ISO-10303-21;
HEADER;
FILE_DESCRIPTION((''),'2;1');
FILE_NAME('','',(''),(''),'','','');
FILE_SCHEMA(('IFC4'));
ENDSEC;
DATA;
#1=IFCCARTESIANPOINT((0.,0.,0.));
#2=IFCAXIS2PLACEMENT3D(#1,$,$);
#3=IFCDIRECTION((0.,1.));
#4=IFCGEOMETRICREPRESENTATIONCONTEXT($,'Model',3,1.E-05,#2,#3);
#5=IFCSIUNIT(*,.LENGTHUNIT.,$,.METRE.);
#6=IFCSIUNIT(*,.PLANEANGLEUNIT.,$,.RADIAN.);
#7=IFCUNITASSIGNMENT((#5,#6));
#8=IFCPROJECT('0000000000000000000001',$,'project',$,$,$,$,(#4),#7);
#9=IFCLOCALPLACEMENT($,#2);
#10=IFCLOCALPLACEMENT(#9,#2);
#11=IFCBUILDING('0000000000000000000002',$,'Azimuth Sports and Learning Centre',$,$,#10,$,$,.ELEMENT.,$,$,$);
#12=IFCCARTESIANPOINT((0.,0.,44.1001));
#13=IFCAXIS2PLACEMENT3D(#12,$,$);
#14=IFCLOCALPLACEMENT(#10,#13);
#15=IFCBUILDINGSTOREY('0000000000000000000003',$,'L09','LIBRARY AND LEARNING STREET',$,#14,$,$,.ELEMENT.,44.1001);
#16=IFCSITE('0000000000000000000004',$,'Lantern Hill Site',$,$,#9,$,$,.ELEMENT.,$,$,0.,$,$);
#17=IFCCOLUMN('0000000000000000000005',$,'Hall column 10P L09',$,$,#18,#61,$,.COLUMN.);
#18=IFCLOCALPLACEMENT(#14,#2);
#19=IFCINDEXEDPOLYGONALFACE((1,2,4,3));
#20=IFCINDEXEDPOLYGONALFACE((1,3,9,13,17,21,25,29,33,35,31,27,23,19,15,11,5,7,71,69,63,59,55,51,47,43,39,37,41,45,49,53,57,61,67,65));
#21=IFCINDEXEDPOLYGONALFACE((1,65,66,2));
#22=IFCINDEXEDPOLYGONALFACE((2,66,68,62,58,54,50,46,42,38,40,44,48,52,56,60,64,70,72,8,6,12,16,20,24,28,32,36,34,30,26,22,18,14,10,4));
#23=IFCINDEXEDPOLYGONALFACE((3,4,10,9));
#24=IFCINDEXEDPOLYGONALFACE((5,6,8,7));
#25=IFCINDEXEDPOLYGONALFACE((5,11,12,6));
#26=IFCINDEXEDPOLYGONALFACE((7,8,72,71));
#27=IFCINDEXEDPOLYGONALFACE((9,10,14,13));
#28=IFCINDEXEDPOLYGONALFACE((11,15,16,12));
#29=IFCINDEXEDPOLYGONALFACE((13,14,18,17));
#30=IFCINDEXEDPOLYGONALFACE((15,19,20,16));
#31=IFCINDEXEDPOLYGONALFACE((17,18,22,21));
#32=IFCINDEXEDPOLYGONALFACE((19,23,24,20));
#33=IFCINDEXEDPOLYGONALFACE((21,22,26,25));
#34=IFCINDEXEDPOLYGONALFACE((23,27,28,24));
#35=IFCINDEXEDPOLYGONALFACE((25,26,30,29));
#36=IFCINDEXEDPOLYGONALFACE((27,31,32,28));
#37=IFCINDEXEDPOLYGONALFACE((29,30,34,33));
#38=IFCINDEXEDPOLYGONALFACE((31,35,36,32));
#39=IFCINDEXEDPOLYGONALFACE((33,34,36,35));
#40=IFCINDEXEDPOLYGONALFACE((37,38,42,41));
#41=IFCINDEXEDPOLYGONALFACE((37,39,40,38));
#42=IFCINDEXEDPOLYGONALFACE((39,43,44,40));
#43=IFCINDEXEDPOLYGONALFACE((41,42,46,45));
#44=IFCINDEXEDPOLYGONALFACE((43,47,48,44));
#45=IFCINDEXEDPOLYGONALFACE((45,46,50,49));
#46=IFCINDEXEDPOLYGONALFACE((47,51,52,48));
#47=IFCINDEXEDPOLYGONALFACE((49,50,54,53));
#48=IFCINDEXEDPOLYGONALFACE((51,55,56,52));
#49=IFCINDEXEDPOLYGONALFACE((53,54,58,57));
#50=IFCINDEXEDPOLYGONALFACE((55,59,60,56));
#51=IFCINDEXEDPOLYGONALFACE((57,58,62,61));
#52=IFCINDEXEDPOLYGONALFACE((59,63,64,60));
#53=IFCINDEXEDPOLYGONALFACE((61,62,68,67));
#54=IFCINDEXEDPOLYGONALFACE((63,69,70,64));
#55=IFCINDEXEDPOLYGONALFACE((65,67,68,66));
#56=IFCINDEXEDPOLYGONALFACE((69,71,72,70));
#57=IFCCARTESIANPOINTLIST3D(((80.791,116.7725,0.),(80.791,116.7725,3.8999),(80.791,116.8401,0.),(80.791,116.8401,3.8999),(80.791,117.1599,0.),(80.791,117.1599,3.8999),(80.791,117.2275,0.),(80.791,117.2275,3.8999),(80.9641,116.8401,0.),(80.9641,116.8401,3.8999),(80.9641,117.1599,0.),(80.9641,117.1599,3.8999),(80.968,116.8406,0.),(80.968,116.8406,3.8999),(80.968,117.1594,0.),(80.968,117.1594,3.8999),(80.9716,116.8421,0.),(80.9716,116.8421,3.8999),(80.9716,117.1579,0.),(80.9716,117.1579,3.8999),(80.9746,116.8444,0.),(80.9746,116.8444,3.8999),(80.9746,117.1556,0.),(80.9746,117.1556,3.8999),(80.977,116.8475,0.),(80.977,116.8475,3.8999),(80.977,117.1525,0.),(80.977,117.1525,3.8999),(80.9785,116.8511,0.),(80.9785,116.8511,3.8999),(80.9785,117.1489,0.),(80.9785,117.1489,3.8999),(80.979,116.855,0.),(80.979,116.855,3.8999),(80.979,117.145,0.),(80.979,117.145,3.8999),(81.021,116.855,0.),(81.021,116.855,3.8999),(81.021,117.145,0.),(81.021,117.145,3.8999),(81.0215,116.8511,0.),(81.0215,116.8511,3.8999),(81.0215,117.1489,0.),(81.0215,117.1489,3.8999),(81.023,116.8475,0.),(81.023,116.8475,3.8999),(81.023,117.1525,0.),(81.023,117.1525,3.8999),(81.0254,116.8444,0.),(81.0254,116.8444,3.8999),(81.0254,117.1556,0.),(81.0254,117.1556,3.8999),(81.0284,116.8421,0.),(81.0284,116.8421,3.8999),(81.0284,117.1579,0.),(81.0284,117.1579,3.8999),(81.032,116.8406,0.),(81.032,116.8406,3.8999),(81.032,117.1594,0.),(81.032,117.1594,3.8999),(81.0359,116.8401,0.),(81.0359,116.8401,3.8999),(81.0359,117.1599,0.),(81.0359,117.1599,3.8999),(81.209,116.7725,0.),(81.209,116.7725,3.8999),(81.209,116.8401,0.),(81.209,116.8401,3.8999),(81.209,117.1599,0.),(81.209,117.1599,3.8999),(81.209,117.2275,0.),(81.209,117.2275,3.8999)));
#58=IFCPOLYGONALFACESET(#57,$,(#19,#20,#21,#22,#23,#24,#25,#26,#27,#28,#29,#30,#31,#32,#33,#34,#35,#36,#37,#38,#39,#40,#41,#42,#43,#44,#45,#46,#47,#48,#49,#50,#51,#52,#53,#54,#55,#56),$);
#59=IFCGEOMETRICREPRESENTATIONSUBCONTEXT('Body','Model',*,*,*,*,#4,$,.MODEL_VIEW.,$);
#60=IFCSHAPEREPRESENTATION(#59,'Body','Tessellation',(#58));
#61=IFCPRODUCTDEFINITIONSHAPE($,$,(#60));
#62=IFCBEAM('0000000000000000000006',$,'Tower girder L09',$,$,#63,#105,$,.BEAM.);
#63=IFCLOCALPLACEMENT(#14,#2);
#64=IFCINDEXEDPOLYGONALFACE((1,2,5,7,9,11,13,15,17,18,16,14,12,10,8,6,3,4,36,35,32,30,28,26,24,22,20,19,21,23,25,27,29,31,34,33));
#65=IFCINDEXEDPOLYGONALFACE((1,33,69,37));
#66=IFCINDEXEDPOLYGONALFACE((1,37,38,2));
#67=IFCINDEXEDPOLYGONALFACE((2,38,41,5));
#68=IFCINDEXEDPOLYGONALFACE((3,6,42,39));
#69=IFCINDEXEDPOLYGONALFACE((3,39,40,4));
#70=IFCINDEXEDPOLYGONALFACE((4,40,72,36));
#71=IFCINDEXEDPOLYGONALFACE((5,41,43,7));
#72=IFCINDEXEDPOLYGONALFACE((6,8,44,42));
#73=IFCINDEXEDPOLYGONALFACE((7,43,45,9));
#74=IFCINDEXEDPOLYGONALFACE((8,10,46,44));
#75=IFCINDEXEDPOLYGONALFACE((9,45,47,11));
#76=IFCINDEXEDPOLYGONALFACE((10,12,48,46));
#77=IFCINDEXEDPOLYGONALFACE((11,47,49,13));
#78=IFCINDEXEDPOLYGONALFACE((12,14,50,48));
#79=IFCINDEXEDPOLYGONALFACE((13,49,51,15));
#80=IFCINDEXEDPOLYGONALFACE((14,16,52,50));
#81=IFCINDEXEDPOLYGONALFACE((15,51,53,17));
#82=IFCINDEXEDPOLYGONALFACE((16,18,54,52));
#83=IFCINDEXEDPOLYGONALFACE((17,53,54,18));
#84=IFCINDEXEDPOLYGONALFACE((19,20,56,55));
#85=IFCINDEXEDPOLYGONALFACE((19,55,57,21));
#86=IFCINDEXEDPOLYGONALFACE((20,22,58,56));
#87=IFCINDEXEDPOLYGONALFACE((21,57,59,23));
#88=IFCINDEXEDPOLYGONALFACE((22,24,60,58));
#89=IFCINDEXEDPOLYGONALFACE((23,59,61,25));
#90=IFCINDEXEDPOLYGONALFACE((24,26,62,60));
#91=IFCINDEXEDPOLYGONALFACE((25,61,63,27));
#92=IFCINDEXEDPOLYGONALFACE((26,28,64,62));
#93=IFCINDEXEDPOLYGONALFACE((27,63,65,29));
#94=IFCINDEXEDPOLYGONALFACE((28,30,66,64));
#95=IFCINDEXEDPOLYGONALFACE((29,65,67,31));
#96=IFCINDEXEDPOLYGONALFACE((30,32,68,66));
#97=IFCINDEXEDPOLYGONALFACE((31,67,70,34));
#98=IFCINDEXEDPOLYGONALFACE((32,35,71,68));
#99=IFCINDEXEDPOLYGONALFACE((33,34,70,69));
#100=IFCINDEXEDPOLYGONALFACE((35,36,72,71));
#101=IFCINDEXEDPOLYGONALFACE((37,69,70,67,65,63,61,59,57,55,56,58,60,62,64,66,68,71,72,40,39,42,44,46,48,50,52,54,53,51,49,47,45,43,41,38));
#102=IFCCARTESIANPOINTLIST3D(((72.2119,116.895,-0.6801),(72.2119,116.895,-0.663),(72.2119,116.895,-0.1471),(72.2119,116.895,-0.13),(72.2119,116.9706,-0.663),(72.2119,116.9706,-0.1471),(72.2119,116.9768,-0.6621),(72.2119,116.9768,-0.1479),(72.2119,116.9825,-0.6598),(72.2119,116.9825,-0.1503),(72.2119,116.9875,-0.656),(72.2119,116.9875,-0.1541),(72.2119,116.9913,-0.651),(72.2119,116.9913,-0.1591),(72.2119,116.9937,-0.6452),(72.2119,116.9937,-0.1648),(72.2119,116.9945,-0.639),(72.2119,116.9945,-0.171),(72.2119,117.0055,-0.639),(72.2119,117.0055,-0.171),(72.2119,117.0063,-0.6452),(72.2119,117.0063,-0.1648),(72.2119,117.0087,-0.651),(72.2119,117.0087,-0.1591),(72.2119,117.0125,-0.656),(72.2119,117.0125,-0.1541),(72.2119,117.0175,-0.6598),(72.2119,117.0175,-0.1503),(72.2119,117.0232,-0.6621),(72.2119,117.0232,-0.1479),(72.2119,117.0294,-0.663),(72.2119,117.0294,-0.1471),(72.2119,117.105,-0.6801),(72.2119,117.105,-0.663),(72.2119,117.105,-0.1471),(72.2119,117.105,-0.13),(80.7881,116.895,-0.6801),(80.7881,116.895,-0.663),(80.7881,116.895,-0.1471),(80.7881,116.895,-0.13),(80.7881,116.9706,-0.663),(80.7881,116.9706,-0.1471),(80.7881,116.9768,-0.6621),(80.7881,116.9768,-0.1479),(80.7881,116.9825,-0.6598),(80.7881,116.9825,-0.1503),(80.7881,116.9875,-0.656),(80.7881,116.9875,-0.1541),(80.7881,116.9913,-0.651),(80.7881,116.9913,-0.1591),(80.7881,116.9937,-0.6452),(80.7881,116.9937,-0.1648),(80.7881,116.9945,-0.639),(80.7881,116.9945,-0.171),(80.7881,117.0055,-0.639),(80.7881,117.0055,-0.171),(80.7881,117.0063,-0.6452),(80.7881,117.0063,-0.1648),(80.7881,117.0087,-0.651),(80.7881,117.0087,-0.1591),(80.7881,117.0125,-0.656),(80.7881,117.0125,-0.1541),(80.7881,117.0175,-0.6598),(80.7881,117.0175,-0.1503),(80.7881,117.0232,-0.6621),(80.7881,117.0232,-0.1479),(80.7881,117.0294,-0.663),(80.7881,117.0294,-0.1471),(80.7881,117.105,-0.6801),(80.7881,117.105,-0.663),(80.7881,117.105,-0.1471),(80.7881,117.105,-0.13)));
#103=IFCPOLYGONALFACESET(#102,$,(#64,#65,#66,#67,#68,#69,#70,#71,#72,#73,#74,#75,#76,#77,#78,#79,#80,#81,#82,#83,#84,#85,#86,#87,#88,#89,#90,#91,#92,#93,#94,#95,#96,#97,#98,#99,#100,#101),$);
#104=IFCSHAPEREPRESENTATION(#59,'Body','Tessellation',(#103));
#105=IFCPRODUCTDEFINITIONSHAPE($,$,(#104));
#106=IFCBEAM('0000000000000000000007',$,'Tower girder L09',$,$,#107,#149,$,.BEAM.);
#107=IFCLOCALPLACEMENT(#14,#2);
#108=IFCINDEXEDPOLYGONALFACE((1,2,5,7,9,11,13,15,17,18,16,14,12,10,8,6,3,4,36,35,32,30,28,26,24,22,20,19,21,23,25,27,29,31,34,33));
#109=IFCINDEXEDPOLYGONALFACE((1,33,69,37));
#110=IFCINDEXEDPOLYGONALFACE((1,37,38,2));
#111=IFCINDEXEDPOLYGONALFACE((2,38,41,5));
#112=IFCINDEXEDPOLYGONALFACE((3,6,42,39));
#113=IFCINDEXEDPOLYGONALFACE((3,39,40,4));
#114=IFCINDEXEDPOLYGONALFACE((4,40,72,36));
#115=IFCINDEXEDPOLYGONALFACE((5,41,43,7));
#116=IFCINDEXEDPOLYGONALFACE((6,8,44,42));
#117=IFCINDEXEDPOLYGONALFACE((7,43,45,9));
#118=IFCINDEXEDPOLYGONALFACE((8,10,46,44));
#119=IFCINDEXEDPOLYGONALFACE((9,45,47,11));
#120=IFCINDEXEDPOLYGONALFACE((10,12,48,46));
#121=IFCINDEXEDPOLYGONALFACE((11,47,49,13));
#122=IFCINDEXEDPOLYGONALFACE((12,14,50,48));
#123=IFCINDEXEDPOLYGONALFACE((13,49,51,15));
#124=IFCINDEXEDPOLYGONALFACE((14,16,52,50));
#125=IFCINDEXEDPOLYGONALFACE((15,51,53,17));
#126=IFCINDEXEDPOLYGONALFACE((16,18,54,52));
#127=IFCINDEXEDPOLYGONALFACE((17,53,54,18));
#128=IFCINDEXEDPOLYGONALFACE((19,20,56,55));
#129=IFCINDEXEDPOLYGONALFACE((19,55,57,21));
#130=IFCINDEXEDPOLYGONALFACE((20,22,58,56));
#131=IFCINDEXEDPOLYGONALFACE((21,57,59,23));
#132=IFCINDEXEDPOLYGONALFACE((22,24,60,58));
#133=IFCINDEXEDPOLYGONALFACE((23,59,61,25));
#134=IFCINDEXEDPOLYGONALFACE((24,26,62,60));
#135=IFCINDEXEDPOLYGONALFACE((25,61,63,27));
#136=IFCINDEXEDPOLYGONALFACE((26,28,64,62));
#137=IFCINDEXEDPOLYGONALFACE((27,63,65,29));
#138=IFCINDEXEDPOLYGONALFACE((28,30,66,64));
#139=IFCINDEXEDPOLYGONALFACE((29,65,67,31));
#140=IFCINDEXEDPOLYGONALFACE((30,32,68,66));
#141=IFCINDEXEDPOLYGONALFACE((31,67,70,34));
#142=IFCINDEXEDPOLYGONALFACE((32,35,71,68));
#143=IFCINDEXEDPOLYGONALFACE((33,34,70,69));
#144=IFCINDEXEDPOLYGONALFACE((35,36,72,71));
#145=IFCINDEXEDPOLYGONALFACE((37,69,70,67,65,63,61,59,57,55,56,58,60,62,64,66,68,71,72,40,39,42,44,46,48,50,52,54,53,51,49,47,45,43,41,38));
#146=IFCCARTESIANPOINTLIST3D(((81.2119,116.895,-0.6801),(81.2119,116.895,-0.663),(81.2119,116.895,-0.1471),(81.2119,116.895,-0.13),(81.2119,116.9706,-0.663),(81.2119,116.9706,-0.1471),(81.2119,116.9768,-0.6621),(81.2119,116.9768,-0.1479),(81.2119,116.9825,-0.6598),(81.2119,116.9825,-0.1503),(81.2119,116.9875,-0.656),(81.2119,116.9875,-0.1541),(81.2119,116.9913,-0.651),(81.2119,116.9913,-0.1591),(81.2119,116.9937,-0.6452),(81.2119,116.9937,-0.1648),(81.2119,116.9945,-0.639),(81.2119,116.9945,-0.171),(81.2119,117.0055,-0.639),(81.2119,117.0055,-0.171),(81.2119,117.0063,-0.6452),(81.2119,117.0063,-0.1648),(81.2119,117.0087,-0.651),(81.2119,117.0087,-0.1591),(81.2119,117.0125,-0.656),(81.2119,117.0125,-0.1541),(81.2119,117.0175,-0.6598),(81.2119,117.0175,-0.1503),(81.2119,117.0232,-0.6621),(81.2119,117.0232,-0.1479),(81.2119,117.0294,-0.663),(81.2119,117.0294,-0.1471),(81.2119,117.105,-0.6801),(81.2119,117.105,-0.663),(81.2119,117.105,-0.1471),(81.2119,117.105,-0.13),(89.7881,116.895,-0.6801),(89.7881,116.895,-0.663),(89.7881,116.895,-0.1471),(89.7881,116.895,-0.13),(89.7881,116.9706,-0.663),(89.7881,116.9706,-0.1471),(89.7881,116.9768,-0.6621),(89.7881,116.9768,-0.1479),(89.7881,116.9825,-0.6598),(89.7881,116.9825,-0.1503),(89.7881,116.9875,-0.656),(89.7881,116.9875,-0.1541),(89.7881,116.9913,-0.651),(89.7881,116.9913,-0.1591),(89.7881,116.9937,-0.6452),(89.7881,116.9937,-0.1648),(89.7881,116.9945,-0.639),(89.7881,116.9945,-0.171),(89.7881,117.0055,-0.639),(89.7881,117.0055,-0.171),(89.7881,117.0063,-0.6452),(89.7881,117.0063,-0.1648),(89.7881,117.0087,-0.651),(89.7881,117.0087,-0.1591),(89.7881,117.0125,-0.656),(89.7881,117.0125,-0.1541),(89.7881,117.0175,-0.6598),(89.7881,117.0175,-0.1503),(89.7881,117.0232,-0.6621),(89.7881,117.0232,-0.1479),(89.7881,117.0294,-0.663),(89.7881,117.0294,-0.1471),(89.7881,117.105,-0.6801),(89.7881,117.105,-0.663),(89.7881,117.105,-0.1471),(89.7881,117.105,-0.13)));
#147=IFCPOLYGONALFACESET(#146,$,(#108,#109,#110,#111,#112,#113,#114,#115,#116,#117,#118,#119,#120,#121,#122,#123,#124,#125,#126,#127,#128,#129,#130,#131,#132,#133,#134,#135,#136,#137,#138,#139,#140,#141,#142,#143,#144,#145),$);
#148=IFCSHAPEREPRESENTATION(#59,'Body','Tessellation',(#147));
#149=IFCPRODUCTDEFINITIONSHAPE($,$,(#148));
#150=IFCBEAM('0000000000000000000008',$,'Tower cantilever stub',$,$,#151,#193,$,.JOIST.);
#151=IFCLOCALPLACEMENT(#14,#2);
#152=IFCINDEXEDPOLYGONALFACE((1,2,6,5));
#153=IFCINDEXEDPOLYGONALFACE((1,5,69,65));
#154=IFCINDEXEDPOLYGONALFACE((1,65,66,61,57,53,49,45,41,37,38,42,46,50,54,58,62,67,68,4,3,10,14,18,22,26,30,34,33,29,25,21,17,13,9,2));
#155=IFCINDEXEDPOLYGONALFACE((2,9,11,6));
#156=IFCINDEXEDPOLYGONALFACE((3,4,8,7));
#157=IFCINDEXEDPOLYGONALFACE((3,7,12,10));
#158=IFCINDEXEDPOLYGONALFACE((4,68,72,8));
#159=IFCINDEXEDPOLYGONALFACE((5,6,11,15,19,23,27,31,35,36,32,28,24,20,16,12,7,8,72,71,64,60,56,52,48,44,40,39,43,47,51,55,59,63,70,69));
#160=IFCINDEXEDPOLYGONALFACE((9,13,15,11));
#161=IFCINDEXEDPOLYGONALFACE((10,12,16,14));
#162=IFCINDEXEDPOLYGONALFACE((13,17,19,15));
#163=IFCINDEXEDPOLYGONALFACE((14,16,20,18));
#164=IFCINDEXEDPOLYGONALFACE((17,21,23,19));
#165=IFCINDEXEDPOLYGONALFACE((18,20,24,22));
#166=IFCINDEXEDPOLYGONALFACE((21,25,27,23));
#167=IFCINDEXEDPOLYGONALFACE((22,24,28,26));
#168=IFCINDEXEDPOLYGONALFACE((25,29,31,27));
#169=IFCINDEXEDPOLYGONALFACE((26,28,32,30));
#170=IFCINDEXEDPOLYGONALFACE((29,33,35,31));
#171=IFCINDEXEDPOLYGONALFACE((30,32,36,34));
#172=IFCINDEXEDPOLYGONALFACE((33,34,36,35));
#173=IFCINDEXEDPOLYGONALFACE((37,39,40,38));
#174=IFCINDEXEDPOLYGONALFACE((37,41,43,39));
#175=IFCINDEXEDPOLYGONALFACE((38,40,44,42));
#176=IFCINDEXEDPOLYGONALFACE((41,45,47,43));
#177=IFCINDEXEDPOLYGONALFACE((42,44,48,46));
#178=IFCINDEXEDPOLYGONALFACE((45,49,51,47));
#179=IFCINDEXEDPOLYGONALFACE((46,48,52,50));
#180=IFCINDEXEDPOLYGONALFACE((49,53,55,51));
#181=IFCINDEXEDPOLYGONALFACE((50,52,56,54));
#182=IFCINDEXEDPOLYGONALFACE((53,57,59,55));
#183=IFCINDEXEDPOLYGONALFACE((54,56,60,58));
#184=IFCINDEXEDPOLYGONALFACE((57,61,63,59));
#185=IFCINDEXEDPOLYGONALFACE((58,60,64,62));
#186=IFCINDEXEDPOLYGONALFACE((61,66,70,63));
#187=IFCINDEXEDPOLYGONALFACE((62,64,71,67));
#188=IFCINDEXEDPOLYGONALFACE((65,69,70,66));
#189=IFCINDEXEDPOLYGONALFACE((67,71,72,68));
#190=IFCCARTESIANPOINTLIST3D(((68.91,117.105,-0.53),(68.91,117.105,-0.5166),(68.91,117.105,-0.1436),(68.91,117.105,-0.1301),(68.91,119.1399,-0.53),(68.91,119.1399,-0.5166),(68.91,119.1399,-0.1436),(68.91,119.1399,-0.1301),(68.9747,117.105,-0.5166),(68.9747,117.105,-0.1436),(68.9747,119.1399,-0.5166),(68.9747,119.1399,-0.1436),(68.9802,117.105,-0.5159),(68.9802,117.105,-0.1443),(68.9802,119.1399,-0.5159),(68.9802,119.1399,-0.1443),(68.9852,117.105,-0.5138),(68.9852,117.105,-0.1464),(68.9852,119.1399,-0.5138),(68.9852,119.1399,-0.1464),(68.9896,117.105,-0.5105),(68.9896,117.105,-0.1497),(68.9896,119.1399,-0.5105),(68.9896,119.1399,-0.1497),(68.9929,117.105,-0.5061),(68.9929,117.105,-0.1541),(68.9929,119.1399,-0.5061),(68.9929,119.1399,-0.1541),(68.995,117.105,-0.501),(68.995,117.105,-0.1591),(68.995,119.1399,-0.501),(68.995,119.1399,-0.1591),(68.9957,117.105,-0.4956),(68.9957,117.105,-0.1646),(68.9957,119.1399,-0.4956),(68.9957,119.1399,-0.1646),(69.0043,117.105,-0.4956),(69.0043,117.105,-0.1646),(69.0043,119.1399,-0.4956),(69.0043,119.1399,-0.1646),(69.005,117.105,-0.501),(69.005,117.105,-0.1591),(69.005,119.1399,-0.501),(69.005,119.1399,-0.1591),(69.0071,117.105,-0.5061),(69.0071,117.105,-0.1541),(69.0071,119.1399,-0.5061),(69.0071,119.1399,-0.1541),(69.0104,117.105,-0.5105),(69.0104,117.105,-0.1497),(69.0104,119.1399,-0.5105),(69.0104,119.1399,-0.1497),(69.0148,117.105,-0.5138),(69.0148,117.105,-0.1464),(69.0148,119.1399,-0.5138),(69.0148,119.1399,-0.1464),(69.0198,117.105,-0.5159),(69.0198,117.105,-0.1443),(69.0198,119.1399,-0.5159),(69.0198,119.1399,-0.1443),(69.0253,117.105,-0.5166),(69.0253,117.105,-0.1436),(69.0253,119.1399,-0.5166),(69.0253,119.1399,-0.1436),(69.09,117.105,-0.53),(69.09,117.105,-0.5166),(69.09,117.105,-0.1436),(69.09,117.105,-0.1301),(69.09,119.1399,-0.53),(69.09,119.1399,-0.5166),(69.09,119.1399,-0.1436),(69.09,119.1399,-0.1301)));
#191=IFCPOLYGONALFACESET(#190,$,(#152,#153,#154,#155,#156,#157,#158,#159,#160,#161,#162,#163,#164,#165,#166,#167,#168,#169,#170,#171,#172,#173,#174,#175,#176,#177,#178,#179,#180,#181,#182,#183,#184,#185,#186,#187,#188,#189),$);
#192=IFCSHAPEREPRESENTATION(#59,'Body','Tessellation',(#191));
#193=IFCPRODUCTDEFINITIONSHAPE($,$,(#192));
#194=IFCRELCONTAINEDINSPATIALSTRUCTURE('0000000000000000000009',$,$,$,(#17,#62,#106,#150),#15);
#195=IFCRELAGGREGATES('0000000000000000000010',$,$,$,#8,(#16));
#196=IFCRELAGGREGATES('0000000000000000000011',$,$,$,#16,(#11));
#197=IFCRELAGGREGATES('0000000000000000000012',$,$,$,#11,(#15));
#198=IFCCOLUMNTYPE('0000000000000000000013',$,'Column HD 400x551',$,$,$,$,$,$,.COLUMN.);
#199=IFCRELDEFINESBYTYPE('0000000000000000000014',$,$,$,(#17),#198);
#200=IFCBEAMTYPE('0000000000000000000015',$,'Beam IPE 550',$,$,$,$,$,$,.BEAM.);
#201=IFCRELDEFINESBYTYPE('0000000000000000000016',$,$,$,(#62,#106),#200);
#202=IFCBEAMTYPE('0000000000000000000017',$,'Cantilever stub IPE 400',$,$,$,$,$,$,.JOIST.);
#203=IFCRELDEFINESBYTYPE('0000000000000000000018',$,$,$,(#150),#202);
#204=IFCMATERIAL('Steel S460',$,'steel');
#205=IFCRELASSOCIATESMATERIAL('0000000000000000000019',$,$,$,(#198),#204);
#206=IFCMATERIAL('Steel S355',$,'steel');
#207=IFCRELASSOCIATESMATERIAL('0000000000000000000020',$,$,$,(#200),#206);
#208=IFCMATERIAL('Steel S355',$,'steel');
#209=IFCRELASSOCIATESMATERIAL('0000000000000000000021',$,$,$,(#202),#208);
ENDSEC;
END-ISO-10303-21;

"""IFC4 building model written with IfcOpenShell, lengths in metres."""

from ifc_helpers import new_model, si_unit, direction, frame, origin, origin_2d, place, context, subcontext, project, spatial, i_section, extrude, material, material_profile, profile_set, type_object, element, save


model = new_model("IFC4")

# Units and contexts
model_context = context("Model", 3, precision=1e-05, world=origin(), true_north=direction((0.0, 1.0)))
body_context = subcontext(model_context, "Body", "Model", "MODEL_VIEW")
ifc_project = project(units=[si_unit("LENGTHUNIT", "METRE"), si_unit("PLANEANGLEUNIT", "RADIAN")], contexts=[model_context])

# Site, building, storey
site_placement = place(None, origin())
site = spatial("IfcSite", under=ifc_project, at=site_placement, Name="Lantern Hill Site", CompositionType="ELEMENT", RefElevation=0.0)
building_placement = place(site_placement, origin())
building = spatial("IfcBuilding", under=site, at=building_placement, Name="Azimuth Sports and Learning Centre", CompositionType="ELEMENT")
storey_placement = place(building_placement, frame((0.0, 0.0, 44.1001)))
storey = spatial("IfcBuildingStorey", under=building, at=storey_placement, Name="L09", Description="LIBRARY AND LEARNING STREET", CompositionType="ELEMENT", Elevation=44.1001)

# Column
ifc_material_1 = material(Name="Steel S460", Category="steel")
ifc_material_profile_1 = material_profile(ifc_material_1, i_section(OverallWidth=0.418, OverallDepth=0.4551, WebThickness=0.042, FlangeThickness=0.0676, FilletRadius=0.0149, at=origin_2d()), Name="HD 400x551")
ifc_profile_set_1 = profile_set([ifc_material_profile_1], Name="Steel S460")
column_type = type_object("IfcColumnType", Name="Column HD 400x551", PredefinedType="COLUMN", material=ifc_profile_set_1)
column_placement = place(storey_placement, frame((81.0, 117.0, 0.0), z_axis=(0.0, 0.0, 1.0), x_axis=(1.0, 0.0, 0.0)))
element("IfcColumn", 1, at=column_placement, inside=storey, type_object=column_type, Name="Hall column 10P L09", PredefinedType="COLUMN", context=body_context, shape_type="SweptSolid", body=[
    extrude(i_section(OverallWidth=0.418, OverallDepth=0.4551, WebThickness=0.042, FlangeThickness=0.0676, FilletRadius=0.0149, at=origin_2d()), origin(), (0.0, 0.0, 1.0), 3.8999),
])

# Beams
ifc_material_2 = material(Name="Steel S355", Category="steel")
ifc_material_profile_2 = material_profile(ifc_material_2, i_section(OverallWidth=0.21, OverallDepth=0.55, WebThickness=0.011, FlangeThickness=0.0171, FilletRadius=0.0239, at=origin_2d()), Name="IPE 550")
ifc_profile_set_2 = profile_set([ifc_material_profile_2], Name="Steel S355")
beam_type_1 = type_object("IfcBeamType", Name="Beam IPE 550", PredefinedType="BEAM", material=ifc_profile_set_2)
for number, where, z_axis, x_axis, name in (
    (2, (72.2119, 117.0, -0.405), (1.0, 0.0, 0.0), (0.0, 1.0, 0.0), "Tower girder L09"),
    (3, (81.2119, 117.0, -0.405), (1.0, 0.0, 0.0), (0.0, 1.0, 0.0), "Tower girder L09"),
):
    element("IfcBeam", number, at=place(storey_placement, frame(where, z_axis=z_axis, x_axis=x_axis)), inside=storey, type_object=beam_type_1, Name=name, PredefinedType="BEAM", context=body_context, shape_type="SweptSolid", body=[
        extrude(i_section(OverallWidth=0.21, OverallDepth=0.55, WebThickness=0.011, FlangeThickness=0.0171, FilletRadius=0.0239, at=origin_2d()), origin(), (0.0, 0.0, 1.0), 8.5762),
    ])
ifc_material_3 = material(Name="Steel S355", Category="steel")
ifc_material_profile_3 = material_profile(ifc_material_3, i_section(OverallWidth=0.1799, OverallDepth=0.3999, WebThickness=0.0085, FlangeThickness=0.0134, FilletRadius=0.021, at=origin_2d()), Name="IPE 400")
ifc_profile_set_3 = profile_set([ifc_material_profile_3], Name="Steel S355")
beam_type_2 = type_object("IfcBeamType", Name="Cantilever stub IPE 400", PredefinedType="JOIST", material=ifc_profile_set_3)
beam_1_placement = place(storey_placement, frame((69.0, 117.105, -0.3301), z_axis=(0.0, 1.0, 0.0), x_axis=(-1.0, 0.0, 0.0)))
element("IfcBeam", 4, at=beam_1_placement, inside=storey, type_object=beam_type_2, Name="Tower cantilever stub", PredefinedType="JOIST", context=body_context, shape_type="SweptSolid", body=[
    extrude(i_section(OverallWidth=0.1799, OverallDepth=0.3999, WebThickness=0.0085, FlangeThickness=0.0134, FilletRadius=0.021, at=origin_2d()), origin(), (0.0, 0.0, 1.0), 2.0349),
])

save(model, "model.ifc")
